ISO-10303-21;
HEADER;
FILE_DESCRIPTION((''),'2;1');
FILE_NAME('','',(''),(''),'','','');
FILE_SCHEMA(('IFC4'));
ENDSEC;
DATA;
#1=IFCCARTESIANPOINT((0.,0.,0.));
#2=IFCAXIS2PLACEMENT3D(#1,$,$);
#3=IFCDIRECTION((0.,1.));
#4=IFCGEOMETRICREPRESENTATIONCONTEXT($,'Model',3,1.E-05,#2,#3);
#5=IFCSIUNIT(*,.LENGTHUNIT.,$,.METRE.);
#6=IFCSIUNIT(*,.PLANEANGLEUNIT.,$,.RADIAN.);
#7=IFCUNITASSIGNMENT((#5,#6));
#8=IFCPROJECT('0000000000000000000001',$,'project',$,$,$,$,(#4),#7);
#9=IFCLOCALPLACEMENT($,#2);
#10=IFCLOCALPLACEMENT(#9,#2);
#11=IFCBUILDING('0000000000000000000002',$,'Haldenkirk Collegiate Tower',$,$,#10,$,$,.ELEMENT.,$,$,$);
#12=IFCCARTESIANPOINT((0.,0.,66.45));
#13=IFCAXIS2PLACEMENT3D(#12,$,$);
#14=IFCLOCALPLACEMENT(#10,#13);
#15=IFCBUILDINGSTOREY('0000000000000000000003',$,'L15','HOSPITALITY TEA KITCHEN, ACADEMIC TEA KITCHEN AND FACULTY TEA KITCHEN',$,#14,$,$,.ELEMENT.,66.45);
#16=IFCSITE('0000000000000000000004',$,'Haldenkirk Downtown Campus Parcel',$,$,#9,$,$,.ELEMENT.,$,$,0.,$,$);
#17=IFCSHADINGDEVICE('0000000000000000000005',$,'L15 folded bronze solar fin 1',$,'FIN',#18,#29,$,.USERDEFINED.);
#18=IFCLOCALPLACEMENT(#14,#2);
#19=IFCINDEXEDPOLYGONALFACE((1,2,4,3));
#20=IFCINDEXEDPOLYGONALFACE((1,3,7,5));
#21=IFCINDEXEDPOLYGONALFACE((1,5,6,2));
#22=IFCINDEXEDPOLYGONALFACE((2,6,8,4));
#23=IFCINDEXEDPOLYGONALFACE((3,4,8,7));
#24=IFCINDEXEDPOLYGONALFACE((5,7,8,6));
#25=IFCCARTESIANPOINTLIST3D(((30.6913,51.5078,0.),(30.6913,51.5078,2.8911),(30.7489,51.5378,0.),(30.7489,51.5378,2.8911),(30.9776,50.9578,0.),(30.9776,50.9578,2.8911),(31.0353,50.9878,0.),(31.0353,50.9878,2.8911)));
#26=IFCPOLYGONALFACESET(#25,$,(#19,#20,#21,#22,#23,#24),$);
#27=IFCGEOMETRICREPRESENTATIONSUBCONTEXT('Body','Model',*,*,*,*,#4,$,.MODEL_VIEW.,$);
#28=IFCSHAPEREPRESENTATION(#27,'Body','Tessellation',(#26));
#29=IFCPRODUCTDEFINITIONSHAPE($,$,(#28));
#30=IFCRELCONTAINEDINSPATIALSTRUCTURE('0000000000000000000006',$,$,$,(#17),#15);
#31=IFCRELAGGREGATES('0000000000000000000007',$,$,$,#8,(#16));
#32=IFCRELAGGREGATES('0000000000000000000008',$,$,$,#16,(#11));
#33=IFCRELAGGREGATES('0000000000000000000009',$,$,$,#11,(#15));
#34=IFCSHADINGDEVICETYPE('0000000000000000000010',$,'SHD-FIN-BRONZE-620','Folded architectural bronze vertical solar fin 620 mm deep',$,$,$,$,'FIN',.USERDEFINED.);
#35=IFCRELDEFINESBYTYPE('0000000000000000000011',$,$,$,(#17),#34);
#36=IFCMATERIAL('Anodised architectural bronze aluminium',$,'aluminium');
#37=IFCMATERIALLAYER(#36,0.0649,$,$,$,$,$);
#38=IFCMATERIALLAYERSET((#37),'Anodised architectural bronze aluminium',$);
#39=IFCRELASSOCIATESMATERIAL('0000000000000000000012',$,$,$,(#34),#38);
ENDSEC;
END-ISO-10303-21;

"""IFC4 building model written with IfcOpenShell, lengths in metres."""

from ifc_helpers import new_model, si_unit, direction, frame, origin, origin_2d, place, context, subcontext, project, spatial, rectangle, extrude, source, transform, mapped, material, layer, layer_set, type_object, element, save


model = new_model("IFC4")

# Units and contexts
model_context = context("Model", 3, precision=1e-05, world=origin(), true_north=direction((0.0, 1.0)))
body_context = subcontext(model_context, "Body", "Model", "MODEL_VIEW")
ifc_project = project(units=[si_unit("LENGTHUNIT", "METRE"), si_unit("PLANEANGLEUNIT", "RADIAN")], contexts=[model_context])

# Site, building, storey
site_placement = place(None, origin())
site = spatial("IfcSite", under=ifc_project, at=site_placement, Name="Haldenkirk Downtown Campus Parcel", CompositionType="ELEMENT", RefElevation=0.0)
building_placement = place(site_placement, origin())
building = spatial("IfcBuilding", under=site, at=building_placement, Name="Haldenkirk Collegiate Tower", CompositionType="ELEMENT")
storey_placement = place(building_placement, frame((0.0, 0.0, 66.45)))
storey = spatial("IfcBuildingStorey", under=building, at=storey_placement, Name="L15", Description="HOSPITALITY TEA KITCHEN, ACADEMIC TEA KITCHEN AND FACULTY TEA KITCHEN", CompositionType="ELEMENT", Elevation=66.45)

# Shared definitions
ifc_material_1 = material(Name="Anodised architectural bronze aluminium", Category="aluminium")

# Shading device
ifc_layer_1 = layer(ifc_material_1, 0.0649)
ifc_layer_set_1 = layer_set([ifc_layer_1], Name="Anodised architectural bronze aluminium")
shading_device_type = type_object("IfcShadingDeviceType", Name="SHD-FIN-BRONZE-620", Description="Folded architectural bronze vertical solar fin 620 mm deep", ElementType="FIN", PredefinedType="USERDEFINED", material=ifc_layer_set_1)
shared_shape_1 = source(origin(), body_context, "Body", "SweptSolid", [
    extrude(rectangle(XDim=0.6201, YDim=0.0649, at=origin_2d()), origin(), (0.0, 0.0, 1.0), 2.8911),
])
shading_device_placement = place(storey_placement, frame((30.8633, 51.2478, 0.0), z_axis=(0.0, 0.0, 1.0), x_axis=(-0.461749, 0.887011, 0.0)))
element("IfcShadingDevice", 1, at=shading_device_placement, inside=storey, type_object=shading_device_type, Name="L15 folded bronze solar fin 1", ObjectType="FIN", PredefinedType="USERDEFINED", context=body_context, shape_type="MappedRepresentation", body=[
    mapped(shared_shape_1, transform((0.0, 0.0, 0.0), x_axis=(1.0, 0.0, 0.0), y_axis=(0.0, 1.0, 0.0), z_axis=(0.0, 0.0, 1.0), scale=1.0)),
])

save(model, "model.ifc")
